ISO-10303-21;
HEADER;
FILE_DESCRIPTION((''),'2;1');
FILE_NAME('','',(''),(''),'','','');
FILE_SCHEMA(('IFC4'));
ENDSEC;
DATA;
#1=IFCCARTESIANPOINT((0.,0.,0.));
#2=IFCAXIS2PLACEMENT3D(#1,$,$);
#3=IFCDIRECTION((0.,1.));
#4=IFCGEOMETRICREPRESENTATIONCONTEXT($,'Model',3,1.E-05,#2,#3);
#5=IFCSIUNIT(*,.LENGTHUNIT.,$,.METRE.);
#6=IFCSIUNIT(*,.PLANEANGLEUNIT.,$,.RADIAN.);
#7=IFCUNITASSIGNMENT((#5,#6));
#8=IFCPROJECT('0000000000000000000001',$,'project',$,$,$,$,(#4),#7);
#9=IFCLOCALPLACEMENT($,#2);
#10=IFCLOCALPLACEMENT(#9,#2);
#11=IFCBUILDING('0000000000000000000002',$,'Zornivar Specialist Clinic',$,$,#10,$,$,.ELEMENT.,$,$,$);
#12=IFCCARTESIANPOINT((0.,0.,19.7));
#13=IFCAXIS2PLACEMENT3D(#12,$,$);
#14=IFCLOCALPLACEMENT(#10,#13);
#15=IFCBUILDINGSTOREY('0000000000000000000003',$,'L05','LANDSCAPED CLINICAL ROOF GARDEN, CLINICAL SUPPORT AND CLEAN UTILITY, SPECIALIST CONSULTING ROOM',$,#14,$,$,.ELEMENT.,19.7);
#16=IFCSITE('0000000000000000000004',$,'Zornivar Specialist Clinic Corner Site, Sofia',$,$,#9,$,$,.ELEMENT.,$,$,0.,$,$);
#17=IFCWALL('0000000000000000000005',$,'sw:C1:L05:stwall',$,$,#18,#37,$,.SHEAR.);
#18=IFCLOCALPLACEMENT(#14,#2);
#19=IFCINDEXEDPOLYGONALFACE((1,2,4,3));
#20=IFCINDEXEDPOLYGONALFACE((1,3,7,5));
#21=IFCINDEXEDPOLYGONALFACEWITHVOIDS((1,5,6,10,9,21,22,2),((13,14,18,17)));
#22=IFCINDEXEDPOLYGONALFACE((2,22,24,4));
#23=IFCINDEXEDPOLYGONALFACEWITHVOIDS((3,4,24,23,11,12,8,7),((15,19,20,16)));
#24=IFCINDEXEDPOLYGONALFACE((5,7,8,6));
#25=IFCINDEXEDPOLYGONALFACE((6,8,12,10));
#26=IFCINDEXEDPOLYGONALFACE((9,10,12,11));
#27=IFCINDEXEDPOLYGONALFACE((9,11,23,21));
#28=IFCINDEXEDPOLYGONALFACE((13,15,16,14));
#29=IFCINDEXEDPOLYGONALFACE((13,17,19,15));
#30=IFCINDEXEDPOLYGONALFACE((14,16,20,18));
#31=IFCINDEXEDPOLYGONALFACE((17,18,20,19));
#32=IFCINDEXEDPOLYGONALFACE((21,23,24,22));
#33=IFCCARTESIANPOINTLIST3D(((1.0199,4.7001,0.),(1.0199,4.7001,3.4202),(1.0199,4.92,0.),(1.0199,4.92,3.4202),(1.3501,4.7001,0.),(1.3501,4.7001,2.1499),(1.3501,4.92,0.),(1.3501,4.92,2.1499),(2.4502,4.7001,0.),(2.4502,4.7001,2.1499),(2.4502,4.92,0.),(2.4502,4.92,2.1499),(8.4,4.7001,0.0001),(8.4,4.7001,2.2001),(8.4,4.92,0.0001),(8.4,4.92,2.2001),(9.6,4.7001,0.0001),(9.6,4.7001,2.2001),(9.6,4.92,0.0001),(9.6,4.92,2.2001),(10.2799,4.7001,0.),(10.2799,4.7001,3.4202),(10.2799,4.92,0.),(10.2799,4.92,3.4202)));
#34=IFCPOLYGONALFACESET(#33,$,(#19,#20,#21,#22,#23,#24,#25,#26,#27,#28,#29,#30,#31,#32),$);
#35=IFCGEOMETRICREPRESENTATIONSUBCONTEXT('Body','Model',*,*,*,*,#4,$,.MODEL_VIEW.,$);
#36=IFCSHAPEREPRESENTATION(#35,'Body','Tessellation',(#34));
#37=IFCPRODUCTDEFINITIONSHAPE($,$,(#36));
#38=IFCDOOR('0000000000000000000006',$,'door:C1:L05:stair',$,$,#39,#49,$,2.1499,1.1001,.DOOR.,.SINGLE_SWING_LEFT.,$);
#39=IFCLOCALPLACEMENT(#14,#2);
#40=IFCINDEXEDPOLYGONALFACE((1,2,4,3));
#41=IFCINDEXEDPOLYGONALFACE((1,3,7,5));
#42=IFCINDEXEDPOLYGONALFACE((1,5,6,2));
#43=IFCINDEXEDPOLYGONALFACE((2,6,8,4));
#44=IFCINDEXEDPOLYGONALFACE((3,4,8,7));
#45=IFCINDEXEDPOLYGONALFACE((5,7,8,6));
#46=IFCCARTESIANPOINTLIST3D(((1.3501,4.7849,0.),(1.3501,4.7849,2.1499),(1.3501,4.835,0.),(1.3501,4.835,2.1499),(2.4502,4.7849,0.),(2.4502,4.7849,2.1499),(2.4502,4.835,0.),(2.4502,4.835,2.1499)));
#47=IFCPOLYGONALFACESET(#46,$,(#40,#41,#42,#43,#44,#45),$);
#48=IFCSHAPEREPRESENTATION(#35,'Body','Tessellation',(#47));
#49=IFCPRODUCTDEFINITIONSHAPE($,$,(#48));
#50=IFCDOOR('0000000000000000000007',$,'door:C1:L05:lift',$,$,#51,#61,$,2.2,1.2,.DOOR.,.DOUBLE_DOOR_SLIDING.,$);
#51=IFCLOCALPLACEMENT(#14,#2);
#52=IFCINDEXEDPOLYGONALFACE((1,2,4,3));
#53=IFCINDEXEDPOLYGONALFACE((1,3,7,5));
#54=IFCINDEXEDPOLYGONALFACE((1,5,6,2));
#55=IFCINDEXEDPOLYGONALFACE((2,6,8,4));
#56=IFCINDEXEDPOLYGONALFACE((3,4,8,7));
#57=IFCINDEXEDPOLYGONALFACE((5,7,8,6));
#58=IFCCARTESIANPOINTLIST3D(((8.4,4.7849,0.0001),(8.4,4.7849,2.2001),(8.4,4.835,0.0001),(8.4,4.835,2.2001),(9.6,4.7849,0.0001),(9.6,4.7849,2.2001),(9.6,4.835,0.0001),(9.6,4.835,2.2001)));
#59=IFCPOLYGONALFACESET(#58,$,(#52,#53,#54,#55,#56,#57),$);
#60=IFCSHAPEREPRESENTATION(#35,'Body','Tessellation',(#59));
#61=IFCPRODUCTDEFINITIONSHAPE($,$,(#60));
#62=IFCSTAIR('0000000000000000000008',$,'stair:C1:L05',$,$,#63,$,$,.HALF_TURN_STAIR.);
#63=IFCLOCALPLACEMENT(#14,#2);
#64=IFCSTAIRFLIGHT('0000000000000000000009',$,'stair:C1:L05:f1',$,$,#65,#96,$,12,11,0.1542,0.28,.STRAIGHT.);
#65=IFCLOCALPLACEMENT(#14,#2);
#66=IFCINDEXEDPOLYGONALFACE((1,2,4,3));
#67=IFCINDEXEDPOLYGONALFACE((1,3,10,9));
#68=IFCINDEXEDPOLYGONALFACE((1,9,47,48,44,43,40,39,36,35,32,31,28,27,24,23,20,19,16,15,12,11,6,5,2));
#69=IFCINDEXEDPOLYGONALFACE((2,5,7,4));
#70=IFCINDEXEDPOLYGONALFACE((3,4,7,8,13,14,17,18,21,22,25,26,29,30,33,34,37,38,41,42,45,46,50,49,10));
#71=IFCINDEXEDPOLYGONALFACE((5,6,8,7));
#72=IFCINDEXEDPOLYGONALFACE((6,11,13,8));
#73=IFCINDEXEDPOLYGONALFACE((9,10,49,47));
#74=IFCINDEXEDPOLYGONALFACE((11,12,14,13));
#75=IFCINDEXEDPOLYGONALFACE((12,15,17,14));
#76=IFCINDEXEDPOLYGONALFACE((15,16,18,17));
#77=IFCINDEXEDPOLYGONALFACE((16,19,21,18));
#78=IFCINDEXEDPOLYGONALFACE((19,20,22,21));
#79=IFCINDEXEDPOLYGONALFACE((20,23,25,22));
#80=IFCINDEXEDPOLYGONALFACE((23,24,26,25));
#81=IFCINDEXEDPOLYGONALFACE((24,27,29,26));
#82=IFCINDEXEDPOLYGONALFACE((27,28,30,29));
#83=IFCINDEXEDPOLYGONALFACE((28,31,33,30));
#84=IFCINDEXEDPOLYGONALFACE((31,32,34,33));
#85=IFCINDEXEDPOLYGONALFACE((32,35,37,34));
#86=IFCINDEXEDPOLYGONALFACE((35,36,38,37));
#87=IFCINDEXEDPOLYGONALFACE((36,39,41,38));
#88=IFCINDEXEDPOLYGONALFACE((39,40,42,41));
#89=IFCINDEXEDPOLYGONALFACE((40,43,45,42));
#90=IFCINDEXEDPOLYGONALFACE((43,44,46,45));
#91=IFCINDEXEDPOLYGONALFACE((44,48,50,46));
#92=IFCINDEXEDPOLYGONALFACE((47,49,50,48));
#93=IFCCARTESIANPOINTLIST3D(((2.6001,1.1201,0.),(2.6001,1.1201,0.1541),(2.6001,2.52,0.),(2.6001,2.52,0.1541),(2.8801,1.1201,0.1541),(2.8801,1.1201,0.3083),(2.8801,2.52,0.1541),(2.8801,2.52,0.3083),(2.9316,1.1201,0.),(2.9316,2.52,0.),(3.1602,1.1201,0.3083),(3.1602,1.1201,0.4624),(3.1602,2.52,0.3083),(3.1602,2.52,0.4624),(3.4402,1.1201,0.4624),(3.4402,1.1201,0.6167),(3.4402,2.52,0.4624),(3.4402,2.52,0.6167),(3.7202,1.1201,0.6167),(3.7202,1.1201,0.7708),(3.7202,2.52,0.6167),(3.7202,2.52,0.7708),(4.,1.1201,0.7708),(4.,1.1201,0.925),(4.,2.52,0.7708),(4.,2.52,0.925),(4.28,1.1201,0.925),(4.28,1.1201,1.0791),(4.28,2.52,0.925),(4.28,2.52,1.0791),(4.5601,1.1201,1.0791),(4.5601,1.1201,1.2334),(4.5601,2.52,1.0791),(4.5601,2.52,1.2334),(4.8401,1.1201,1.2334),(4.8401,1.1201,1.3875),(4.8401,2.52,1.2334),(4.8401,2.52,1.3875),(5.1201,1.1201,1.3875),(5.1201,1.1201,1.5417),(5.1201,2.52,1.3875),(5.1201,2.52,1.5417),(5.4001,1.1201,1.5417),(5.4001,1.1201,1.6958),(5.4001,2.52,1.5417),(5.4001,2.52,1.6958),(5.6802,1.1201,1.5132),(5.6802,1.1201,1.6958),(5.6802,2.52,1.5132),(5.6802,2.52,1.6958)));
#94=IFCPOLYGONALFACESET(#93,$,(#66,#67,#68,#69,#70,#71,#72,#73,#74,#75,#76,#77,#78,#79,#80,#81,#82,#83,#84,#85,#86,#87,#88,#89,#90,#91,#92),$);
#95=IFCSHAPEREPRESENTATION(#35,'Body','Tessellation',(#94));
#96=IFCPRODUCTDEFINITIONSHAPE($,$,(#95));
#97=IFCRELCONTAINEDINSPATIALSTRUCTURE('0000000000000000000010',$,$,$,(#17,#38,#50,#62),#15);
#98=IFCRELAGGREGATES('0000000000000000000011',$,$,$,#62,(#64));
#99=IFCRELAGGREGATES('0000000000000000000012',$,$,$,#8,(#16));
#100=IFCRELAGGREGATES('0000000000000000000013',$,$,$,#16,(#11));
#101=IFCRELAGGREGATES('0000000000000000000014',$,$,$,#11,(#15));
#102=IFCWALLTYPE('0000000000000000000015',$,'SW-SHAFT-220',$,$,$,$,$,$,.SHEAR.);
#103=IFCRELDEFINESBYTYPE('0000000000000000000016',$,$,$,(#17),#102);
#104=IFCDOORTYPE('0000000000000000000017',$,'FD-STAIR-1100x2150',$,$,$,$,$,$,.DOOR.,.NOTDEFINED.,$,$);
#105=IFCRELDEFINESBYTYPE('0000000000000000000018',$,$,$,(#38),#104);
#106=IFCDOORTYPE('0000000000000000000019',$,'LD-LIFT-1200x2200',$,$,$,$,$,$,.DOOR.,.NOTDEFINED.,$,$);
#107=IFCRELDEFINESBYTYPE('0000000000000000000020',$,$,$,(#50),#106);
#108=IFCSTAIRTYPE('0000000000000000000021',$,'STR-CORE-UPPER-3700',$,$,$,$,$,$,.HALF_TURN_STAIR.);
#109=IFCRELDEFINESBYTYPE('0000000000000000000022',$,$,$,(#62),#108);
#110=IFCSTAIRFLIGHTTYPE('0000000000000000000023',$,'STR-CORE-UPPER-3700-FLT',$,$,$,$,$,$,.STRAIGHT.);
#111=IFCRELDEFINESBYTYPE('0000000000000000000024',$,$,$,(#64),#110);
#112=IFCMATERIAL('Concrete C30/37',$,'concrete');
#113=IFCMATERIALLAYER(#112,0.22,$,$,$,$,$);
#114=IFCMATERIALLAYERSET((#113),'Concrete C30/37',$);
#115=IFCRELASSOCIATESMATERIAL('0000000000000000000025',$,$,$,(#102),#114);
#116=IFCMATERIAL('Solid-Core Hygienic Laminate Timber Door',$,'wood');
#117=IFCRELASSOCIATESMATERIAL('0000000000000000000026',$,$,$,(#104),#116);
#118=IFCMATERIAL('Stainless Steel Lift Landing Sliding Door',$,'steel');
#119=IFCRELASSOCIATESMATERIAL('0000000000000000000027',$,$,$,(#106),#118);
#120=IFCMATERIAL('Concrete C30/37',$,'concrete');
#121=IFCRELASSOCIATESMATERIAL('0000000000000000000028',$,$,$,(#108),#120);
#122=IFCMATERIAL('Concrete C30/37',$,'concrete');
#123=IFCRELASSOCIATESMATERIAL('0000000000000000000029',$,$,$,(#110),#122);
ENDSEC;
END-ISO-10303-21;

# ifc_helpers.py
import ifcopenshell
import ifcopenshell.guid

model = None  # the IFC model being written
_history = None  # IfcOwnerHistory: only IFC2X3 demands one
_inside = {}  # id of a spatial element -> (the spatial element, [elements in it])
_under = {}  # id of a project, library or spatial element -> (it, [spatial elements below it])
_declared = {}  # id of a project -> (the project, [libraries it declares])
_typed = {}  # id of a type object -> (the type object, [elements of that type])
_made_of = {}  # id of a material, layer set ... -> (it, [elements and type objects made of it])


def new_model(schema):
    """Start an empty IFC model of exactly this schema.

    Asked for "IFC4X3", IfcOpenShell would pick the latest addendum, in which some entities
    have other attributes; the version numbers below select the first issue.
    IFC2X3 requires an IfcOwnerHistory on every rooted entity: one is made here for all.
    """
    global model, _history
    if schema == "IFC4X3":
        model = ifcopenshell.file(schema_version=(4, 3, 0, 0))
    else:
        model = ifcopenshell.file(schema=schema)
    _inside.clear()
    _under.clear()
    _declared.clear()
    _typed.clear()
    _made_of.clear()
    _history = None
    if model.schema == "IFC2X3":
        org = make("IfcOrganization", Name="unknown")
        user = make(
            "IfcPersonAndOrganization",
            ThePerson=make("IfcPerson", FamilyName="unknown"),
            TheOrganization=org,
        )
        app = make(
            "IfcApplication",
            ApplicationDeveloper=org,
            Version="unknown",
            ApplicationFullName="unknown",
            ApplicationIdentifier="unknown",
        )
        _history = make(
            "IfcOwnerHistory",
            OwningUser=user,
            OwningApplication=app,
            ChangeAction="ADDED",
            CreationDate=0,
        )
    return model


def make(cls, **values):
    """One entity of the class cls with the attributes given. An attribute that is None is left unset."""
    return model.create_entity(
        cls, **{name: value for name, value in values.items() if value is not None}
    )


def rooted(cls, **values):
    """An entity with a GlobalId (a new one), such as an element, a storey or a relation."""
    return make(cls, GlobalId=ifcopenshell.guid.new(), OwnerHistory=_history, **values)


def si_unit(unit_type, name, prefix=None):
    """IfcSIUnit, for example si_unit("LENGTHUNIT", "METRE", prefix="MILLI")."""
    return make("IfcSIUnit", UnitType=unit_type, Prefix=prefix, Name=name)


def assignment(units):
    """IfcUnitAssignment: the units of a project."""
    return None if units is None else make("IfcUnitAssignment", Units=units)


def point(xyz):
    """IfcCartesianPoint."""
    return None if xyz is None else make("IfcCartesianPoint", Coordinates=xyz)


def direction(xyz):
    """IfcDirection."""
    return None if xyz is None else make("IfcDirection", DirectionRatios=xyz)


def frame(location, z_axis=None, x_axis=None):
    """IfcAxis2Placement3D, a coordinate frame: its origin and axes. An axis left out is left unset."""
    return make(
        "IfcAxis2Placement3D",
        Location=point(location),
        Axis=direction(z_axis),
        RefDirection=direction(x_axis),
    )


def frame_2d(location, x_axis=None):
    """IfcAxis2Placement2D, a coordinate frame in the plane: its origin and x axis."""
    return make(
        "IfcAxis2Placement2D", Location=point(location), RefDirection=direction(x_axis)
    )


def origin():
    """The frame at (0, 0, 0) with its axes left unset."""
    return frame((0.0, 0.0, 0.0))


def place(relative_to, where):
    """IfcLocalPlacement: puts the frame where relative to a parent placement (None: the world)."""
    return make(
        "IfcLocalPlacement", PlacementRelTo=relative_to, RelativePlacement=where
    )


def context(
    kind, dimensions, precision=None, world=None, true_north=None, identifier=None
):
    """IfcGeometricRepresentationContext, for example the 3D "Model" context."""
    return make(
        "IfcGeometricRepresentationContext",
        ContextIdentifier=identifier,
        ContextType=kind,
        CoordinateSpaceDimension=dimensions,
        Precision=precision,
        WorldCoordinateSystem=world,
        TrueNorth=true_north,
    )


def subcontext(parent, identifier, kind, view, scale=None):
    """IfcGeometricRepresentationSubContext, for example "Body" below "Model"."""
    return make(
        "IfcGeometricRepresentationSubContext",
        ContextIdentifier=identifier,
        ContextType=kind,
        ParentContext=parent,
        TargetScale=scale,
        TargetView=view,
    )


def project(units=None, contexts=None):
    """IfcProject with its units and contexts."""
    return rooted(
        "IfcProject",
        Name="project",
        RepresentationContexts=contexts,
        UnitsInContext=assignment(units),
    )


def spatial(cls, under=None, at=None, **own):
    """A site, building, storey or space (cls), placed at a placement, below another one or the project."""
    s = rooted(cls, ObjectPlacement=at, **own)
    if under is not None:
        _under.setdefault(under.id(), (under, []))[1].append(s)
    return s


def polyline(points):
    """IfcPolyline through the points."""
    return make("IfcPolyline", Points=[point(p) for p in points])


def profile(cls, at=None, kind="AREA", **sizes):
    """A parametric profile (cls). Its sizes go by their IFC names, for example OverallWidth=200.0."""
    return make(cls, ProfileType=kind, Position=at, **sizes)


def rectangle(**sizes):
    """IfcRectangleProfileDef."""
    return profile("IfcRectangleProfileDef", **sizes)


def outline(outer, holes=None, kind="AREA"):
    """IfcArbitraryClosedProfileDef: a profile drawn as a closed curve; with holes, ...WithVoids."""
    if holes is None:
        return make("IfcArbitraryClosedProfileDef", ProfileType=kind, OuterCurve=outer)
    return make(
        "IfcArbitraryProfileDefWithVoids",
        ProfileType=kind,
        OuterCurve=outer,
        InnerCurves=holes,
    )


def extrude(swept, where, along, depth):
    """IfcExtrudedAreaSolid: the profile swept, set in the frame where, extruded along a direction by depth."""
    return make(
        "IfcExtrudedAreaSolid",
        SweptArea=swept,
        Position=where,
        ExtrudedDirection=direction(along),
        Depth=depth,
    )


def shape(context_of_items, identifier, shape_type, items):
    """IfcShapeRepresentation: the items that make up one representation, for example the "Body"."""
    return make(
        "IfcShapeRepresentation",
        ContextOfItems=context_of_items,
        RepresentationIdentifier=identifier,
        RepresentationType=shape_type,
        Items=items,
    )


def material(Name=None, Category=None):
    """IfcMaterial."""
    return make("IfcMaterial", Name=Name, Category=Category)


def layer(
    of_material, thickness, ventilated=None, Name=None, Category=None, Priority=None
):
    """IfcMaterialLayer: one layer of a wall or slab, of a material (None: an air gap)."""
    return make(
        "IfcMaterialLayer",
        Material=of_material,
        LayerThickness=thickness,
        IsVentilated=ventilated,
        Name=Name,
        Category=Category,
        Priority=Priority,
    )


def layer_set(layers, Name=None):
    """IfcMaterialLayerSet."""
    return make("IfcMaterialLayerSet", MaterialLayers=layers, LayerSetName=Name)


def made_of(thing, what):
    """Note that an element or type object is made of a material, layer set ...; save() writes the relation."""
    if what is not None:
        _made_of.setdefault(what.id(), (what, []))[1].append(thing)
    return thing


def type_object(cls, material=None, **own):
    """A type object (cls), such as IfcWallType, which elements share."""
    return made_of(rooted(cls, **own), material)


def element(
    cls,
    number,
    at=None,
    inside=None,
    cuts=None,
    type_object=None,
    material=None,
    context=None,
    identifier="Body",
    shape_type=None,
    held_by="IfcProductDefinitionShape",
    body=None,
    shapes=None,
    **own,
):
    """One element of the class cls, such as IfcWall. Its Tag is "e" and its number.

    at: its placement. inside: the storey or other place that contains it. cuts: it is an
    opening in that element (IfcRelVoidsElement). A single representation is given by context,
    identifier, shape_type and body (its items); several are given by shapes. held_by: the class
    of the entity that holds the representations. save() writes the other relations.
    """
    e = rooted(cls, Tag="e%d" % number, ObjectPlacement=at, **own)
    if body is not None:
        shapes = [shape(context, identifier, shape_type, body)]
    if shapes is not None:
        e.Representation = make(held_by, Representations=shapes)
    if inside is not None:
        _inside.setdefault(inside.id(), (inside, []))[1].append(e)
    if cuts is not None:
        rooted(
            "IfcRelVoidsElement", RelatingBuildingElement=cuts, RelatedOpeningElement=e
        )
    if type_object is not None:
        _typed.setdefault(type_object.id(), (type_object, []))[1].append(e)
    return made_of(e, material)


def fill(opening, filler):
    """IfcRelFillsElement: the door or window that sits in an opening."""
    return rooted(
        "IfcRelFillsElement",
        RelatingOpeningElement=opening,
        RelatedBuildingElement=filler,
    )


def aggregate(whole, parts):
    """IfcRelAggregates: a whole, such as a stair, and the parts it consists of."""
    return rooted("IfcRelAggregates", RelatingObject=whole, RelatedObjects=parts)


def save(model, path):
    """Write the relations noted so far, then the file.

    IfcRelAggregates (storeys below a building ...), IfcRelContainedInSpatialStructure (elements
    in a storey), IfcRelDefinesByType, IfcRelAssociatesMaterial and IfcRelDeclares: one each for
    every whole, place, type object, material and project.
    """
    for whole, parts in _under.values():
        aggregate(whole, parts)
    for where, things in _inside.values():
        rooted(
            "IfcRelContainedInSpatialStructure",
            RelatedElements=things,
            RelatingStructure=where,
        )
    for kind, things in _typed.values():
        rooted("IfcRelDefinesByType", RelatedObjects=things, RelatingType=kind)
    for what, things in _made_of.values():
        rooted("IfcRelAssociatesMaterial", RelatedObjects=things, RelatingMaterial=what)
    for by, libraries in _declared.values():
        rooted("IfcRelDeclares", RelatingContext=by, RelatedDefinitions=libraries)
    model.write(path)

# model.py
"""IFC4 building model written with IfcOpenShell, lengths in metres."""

from ifc_helpers import new_model, si_unit, direction, frame, frame_2d, origin, place, context, subcontext, project, spatial, polyline, rectangle, outline, extrude, material, layer, layer_set, type_object, element, fill, aggregate, save


model = new_model("IFC4")

# Units and contexts
model_context = context("Model", 3, precision=1e-05, world=origin(), true_north=direction((0.0, 1.0)))
body_context = subcontext(model_context, "Body", "Model", "MODEL_VIEW")
ifc_project = project(units=[si_unit("LENGTHUNIT", "METRE"), si_unit("PLANEANGLEUNIT", "RADIAN")], contexts=[model_context])

# Site, building, storey
site_placement = place(None, origin())
site = spatial("IfcSite", under=ifc_project, at=site_placement, Name="Zornivar Specialist Clinic Corner Site, Sofia", CompositionType="ELEMENT", RefElevation=0.0)
building_placement = place(site_placement, origin())
building = spatial("IfcBuilding", under=site, at=building_placement, Name="Zornivar Specialist Clinic", CompositionType="ELEMENT")
storey_placement = place(building_placement, frame((0.0, 0.0, 19.7)))
storey = spatial("IfcBuildingStorey", under=building, at=storey_placement, Name="L05", Description="LANDSCAPED CLINICAL ROOF GARDEN, CLINICAL SUPPORT AND CLEAN UTILITY, SPECIALIST CONSULTING ROOM", CompositionType="ELEMENT", Elevation=19.7)

# Wall, openings, doors
ifc_material_1 = material(Name="Concrete C30/37", Category="concrete")
ifc_layer_1 = layer(ifc_material_1, 0.22)
ifc_layer_set_1 = layer_set([ifc_layer_1], Name="Concrete C30/37")
wall_type_1 = type_object("IfcWallType", Name="SW-SHAFT-220", PredefinedType="SHEAR", material=ifc_layer_set_1)
wall_1_placement = place(storey_placement, frame((1.02, 4.8101, 0.0), z_axis=(0.0, 0.0, 1.0), x_axis=(1.0, 0.0, 0.0)))
wall_1 = element("IfcWall", 1, at=wall_1_placement, inside=storey, type_object=wall_type_1, Name="sw:C1:L05:stwall", PredefinedType="SHEAR", context=body_context, shape_type="SweptSolid", body=[
    extrude(rectangle(XDim=9.26, YDim=0.22, at=frame_2d((4.6299, 0.0))), origin(), (0.0, 0.0, 1.0), 3.4202),
])
opening_1_placement = place(wall_1_placement, frame((0.3301, 0.0, 0.0)))
opening_1 = element("IfcOpeningElement", 2, at=opening_1_placement, cuts=wall_1, PredefinedType="OPENING", context=body_context, shape_type="SweptSolid", body=[
    extrude(rectangle(XDim=1.1001, YDim=2.1499, at=frame_2d((0.55, 1.075))), frame((0.0, 0.1199, 0.0), z_axis=(0.0, -1.0, 0.0), x_axis=(1.0, 0.0, 0.0)), (0.0, 0.0, 1.0), 0.24),
])
opening_2_placement = place(wall_1_placement, frame((7.3799, 0.0, 0.0)))
opening_2 = element("IfcOpeningElement", 3, at=opening_2_placement, cuts=wall_1, PredefinedType="OPENING", context=body_context, shape_type="SweptSolid", body=[
    extrude(rectangle(XDim=1.2, YDim=2.2, at=frame_2d((0.6001, 1.1001))), frame((0.0, 0.1199, 0.0), z_axis=(0.0, -1.0, 0.0), x_axis=(1.0, 0.0, 0.0)), (0.0, 0.0, 1.0), 0.24),
])
ifc_material_2 = material(Name="Solid-Core Hygienic Laminate Timber Door", Category="wood")
door_type_1 = type_object("IfcDoorType", Name="FD-STAIR-1100x2150", OperationType="NOTDEFINED", PredefinedType="DOOR", material=ifc_material_2)
door_1_placement = place(opening_1_placement, origin())
door_1 = element("IfcDoor", 4, at=door_1_placement, inside=storey, type_object=door_type_1, Name="door:C1:L05:stair", OperationType="SINGLE_SWING_LEFT", OverallHeight=2.1499, OverallWidth=1.1001, PredefinedType="DOOR", context=body_context, shape_type="SweptSolid", body=[
    extrude(rectangle(XDim=1.1001, YDim=2.1499, at=frame_2d((0.55, 1.075))), frame((0.0, 0.0249, 0.0), z_axis=(0.0, -1.0, 0.0), x_axis=(1.0, 0.0, 0.0)), (0.0, 0.0, 1.0), 0.05),
])
fill(opening_1, door_1)
ifc_material_3 = material(Name="Stainless Steel Lift Landing Sliding Door", Category="steel")
door_type_2 = type_object("IfcDoorType", Name="LD-LIFT-1200x2200", OperationType="NOTDEFINED", PredefinedType="DOOR", material=ifc_material_3)
door_2_placement = place(opening_2_placement, origin())
door_2 = element("IfcDoor", 5, at=door_2_placement, inside=storey, type_object=door_type_2, Name="door:C1:L05:lift", OperationType="DOUBLE_DOOR_SLIDING", OverallHeight=2.2, OverallWidth=1.2, PredefinedType="DOOR", context=body_context, shape_type="SweptSolid", body=[
    extrude(rectangle(XDim=1.2, YDim=2.2, at=frame_2d((0.6001, 1.1001))), frame((0.0, 0.0249, 0.0), z_axis=(0.0, -1.0, 0.0), x_axis=(1.0, 0.0, 0.0)), (0.0, 0.0, 1.0), 0.05),
])
fill(opening_2, door_2)

# Stair, stair flight
ifc_material_4 = material(Name="Concrete C30/37", Category="concrete")
stair_type = type_object("IfcStairType", Name="STR-CORE-UPPER-3700", PredefinedType="HALF_TURN_STAIR", material=ifc_material_4)
stair_placement = place(storey_placement, origin())
stair = element("IfcStair", 6, at=stair_placement, inside=storey, type_object=stair_type, Name="stair:C1:L05", PredefinedType="HALF_TURN_STAIR")
ifc_material_5 = material(Name="Concrete C30/37", Category="concrete")
stair_flight_type = type_object("IfcStairFlightType", Name="STR-CORE-UPPER-3700-FLT", PredefinedType="STRAIGHT", material=ifc_material_5)
stair_flight_placement = place(storey_placement, frame((2.6001, 1.8201, 0.0), z_axis=(0.0, 0.0, 1.0), x_axis=(1.0, 0.0, 0.0)))
stair_flight = element("IfcStairFlight", 7, at=stair_flight_placement, type_object=stair_flight_type, Name="stair:C1:L05:f1", NumberOfRisers=12, NumberOfTreads=11, PredefinedType="STRAIGHT", RiserHeight=0.1542, TreadLength=0.28, context=body_context, shape_type="SweptSolid", body=[
    extrude(outline(polyline([(0.0, 0.0), (0.0, 0.1541), (0.28, 0.1541), (0.28, 0.3083), (0.5601, 0.3083), (0.5601, 0.4624), (0.8401, 0.4624), (0.8401, 0.6167), (1.1201, 0.6167), (1.1201, 0.7708), (1.3999, 0.7708), (1.3999, 0.925), (1.6799, 0.925), (1.6799, 1.0791), (1.96, 1.0791), (1.96, 1.2334), (2.24, 1.2334), (2.24, 1.3875), (2.52, 1.3875), (2.52, 1.5417), (2.8, 1.5417), (2.8, 1.6958), (3.0801, 1.6958), (3.0801, 1.8501), (3.0801, 1.5132), (0.3315, 0.0), (0.0, 0.0)])), frame((0.0, 0.7, 0.0), z_axis=(0.0, -1.0, 0.0), x_axis=(1.0, 0.0, 0.0)), (0.0, 0.0, 1.0), 1.3999),
])
aggregate(stair, [stair_flight])

save(model, "model.ifc")
